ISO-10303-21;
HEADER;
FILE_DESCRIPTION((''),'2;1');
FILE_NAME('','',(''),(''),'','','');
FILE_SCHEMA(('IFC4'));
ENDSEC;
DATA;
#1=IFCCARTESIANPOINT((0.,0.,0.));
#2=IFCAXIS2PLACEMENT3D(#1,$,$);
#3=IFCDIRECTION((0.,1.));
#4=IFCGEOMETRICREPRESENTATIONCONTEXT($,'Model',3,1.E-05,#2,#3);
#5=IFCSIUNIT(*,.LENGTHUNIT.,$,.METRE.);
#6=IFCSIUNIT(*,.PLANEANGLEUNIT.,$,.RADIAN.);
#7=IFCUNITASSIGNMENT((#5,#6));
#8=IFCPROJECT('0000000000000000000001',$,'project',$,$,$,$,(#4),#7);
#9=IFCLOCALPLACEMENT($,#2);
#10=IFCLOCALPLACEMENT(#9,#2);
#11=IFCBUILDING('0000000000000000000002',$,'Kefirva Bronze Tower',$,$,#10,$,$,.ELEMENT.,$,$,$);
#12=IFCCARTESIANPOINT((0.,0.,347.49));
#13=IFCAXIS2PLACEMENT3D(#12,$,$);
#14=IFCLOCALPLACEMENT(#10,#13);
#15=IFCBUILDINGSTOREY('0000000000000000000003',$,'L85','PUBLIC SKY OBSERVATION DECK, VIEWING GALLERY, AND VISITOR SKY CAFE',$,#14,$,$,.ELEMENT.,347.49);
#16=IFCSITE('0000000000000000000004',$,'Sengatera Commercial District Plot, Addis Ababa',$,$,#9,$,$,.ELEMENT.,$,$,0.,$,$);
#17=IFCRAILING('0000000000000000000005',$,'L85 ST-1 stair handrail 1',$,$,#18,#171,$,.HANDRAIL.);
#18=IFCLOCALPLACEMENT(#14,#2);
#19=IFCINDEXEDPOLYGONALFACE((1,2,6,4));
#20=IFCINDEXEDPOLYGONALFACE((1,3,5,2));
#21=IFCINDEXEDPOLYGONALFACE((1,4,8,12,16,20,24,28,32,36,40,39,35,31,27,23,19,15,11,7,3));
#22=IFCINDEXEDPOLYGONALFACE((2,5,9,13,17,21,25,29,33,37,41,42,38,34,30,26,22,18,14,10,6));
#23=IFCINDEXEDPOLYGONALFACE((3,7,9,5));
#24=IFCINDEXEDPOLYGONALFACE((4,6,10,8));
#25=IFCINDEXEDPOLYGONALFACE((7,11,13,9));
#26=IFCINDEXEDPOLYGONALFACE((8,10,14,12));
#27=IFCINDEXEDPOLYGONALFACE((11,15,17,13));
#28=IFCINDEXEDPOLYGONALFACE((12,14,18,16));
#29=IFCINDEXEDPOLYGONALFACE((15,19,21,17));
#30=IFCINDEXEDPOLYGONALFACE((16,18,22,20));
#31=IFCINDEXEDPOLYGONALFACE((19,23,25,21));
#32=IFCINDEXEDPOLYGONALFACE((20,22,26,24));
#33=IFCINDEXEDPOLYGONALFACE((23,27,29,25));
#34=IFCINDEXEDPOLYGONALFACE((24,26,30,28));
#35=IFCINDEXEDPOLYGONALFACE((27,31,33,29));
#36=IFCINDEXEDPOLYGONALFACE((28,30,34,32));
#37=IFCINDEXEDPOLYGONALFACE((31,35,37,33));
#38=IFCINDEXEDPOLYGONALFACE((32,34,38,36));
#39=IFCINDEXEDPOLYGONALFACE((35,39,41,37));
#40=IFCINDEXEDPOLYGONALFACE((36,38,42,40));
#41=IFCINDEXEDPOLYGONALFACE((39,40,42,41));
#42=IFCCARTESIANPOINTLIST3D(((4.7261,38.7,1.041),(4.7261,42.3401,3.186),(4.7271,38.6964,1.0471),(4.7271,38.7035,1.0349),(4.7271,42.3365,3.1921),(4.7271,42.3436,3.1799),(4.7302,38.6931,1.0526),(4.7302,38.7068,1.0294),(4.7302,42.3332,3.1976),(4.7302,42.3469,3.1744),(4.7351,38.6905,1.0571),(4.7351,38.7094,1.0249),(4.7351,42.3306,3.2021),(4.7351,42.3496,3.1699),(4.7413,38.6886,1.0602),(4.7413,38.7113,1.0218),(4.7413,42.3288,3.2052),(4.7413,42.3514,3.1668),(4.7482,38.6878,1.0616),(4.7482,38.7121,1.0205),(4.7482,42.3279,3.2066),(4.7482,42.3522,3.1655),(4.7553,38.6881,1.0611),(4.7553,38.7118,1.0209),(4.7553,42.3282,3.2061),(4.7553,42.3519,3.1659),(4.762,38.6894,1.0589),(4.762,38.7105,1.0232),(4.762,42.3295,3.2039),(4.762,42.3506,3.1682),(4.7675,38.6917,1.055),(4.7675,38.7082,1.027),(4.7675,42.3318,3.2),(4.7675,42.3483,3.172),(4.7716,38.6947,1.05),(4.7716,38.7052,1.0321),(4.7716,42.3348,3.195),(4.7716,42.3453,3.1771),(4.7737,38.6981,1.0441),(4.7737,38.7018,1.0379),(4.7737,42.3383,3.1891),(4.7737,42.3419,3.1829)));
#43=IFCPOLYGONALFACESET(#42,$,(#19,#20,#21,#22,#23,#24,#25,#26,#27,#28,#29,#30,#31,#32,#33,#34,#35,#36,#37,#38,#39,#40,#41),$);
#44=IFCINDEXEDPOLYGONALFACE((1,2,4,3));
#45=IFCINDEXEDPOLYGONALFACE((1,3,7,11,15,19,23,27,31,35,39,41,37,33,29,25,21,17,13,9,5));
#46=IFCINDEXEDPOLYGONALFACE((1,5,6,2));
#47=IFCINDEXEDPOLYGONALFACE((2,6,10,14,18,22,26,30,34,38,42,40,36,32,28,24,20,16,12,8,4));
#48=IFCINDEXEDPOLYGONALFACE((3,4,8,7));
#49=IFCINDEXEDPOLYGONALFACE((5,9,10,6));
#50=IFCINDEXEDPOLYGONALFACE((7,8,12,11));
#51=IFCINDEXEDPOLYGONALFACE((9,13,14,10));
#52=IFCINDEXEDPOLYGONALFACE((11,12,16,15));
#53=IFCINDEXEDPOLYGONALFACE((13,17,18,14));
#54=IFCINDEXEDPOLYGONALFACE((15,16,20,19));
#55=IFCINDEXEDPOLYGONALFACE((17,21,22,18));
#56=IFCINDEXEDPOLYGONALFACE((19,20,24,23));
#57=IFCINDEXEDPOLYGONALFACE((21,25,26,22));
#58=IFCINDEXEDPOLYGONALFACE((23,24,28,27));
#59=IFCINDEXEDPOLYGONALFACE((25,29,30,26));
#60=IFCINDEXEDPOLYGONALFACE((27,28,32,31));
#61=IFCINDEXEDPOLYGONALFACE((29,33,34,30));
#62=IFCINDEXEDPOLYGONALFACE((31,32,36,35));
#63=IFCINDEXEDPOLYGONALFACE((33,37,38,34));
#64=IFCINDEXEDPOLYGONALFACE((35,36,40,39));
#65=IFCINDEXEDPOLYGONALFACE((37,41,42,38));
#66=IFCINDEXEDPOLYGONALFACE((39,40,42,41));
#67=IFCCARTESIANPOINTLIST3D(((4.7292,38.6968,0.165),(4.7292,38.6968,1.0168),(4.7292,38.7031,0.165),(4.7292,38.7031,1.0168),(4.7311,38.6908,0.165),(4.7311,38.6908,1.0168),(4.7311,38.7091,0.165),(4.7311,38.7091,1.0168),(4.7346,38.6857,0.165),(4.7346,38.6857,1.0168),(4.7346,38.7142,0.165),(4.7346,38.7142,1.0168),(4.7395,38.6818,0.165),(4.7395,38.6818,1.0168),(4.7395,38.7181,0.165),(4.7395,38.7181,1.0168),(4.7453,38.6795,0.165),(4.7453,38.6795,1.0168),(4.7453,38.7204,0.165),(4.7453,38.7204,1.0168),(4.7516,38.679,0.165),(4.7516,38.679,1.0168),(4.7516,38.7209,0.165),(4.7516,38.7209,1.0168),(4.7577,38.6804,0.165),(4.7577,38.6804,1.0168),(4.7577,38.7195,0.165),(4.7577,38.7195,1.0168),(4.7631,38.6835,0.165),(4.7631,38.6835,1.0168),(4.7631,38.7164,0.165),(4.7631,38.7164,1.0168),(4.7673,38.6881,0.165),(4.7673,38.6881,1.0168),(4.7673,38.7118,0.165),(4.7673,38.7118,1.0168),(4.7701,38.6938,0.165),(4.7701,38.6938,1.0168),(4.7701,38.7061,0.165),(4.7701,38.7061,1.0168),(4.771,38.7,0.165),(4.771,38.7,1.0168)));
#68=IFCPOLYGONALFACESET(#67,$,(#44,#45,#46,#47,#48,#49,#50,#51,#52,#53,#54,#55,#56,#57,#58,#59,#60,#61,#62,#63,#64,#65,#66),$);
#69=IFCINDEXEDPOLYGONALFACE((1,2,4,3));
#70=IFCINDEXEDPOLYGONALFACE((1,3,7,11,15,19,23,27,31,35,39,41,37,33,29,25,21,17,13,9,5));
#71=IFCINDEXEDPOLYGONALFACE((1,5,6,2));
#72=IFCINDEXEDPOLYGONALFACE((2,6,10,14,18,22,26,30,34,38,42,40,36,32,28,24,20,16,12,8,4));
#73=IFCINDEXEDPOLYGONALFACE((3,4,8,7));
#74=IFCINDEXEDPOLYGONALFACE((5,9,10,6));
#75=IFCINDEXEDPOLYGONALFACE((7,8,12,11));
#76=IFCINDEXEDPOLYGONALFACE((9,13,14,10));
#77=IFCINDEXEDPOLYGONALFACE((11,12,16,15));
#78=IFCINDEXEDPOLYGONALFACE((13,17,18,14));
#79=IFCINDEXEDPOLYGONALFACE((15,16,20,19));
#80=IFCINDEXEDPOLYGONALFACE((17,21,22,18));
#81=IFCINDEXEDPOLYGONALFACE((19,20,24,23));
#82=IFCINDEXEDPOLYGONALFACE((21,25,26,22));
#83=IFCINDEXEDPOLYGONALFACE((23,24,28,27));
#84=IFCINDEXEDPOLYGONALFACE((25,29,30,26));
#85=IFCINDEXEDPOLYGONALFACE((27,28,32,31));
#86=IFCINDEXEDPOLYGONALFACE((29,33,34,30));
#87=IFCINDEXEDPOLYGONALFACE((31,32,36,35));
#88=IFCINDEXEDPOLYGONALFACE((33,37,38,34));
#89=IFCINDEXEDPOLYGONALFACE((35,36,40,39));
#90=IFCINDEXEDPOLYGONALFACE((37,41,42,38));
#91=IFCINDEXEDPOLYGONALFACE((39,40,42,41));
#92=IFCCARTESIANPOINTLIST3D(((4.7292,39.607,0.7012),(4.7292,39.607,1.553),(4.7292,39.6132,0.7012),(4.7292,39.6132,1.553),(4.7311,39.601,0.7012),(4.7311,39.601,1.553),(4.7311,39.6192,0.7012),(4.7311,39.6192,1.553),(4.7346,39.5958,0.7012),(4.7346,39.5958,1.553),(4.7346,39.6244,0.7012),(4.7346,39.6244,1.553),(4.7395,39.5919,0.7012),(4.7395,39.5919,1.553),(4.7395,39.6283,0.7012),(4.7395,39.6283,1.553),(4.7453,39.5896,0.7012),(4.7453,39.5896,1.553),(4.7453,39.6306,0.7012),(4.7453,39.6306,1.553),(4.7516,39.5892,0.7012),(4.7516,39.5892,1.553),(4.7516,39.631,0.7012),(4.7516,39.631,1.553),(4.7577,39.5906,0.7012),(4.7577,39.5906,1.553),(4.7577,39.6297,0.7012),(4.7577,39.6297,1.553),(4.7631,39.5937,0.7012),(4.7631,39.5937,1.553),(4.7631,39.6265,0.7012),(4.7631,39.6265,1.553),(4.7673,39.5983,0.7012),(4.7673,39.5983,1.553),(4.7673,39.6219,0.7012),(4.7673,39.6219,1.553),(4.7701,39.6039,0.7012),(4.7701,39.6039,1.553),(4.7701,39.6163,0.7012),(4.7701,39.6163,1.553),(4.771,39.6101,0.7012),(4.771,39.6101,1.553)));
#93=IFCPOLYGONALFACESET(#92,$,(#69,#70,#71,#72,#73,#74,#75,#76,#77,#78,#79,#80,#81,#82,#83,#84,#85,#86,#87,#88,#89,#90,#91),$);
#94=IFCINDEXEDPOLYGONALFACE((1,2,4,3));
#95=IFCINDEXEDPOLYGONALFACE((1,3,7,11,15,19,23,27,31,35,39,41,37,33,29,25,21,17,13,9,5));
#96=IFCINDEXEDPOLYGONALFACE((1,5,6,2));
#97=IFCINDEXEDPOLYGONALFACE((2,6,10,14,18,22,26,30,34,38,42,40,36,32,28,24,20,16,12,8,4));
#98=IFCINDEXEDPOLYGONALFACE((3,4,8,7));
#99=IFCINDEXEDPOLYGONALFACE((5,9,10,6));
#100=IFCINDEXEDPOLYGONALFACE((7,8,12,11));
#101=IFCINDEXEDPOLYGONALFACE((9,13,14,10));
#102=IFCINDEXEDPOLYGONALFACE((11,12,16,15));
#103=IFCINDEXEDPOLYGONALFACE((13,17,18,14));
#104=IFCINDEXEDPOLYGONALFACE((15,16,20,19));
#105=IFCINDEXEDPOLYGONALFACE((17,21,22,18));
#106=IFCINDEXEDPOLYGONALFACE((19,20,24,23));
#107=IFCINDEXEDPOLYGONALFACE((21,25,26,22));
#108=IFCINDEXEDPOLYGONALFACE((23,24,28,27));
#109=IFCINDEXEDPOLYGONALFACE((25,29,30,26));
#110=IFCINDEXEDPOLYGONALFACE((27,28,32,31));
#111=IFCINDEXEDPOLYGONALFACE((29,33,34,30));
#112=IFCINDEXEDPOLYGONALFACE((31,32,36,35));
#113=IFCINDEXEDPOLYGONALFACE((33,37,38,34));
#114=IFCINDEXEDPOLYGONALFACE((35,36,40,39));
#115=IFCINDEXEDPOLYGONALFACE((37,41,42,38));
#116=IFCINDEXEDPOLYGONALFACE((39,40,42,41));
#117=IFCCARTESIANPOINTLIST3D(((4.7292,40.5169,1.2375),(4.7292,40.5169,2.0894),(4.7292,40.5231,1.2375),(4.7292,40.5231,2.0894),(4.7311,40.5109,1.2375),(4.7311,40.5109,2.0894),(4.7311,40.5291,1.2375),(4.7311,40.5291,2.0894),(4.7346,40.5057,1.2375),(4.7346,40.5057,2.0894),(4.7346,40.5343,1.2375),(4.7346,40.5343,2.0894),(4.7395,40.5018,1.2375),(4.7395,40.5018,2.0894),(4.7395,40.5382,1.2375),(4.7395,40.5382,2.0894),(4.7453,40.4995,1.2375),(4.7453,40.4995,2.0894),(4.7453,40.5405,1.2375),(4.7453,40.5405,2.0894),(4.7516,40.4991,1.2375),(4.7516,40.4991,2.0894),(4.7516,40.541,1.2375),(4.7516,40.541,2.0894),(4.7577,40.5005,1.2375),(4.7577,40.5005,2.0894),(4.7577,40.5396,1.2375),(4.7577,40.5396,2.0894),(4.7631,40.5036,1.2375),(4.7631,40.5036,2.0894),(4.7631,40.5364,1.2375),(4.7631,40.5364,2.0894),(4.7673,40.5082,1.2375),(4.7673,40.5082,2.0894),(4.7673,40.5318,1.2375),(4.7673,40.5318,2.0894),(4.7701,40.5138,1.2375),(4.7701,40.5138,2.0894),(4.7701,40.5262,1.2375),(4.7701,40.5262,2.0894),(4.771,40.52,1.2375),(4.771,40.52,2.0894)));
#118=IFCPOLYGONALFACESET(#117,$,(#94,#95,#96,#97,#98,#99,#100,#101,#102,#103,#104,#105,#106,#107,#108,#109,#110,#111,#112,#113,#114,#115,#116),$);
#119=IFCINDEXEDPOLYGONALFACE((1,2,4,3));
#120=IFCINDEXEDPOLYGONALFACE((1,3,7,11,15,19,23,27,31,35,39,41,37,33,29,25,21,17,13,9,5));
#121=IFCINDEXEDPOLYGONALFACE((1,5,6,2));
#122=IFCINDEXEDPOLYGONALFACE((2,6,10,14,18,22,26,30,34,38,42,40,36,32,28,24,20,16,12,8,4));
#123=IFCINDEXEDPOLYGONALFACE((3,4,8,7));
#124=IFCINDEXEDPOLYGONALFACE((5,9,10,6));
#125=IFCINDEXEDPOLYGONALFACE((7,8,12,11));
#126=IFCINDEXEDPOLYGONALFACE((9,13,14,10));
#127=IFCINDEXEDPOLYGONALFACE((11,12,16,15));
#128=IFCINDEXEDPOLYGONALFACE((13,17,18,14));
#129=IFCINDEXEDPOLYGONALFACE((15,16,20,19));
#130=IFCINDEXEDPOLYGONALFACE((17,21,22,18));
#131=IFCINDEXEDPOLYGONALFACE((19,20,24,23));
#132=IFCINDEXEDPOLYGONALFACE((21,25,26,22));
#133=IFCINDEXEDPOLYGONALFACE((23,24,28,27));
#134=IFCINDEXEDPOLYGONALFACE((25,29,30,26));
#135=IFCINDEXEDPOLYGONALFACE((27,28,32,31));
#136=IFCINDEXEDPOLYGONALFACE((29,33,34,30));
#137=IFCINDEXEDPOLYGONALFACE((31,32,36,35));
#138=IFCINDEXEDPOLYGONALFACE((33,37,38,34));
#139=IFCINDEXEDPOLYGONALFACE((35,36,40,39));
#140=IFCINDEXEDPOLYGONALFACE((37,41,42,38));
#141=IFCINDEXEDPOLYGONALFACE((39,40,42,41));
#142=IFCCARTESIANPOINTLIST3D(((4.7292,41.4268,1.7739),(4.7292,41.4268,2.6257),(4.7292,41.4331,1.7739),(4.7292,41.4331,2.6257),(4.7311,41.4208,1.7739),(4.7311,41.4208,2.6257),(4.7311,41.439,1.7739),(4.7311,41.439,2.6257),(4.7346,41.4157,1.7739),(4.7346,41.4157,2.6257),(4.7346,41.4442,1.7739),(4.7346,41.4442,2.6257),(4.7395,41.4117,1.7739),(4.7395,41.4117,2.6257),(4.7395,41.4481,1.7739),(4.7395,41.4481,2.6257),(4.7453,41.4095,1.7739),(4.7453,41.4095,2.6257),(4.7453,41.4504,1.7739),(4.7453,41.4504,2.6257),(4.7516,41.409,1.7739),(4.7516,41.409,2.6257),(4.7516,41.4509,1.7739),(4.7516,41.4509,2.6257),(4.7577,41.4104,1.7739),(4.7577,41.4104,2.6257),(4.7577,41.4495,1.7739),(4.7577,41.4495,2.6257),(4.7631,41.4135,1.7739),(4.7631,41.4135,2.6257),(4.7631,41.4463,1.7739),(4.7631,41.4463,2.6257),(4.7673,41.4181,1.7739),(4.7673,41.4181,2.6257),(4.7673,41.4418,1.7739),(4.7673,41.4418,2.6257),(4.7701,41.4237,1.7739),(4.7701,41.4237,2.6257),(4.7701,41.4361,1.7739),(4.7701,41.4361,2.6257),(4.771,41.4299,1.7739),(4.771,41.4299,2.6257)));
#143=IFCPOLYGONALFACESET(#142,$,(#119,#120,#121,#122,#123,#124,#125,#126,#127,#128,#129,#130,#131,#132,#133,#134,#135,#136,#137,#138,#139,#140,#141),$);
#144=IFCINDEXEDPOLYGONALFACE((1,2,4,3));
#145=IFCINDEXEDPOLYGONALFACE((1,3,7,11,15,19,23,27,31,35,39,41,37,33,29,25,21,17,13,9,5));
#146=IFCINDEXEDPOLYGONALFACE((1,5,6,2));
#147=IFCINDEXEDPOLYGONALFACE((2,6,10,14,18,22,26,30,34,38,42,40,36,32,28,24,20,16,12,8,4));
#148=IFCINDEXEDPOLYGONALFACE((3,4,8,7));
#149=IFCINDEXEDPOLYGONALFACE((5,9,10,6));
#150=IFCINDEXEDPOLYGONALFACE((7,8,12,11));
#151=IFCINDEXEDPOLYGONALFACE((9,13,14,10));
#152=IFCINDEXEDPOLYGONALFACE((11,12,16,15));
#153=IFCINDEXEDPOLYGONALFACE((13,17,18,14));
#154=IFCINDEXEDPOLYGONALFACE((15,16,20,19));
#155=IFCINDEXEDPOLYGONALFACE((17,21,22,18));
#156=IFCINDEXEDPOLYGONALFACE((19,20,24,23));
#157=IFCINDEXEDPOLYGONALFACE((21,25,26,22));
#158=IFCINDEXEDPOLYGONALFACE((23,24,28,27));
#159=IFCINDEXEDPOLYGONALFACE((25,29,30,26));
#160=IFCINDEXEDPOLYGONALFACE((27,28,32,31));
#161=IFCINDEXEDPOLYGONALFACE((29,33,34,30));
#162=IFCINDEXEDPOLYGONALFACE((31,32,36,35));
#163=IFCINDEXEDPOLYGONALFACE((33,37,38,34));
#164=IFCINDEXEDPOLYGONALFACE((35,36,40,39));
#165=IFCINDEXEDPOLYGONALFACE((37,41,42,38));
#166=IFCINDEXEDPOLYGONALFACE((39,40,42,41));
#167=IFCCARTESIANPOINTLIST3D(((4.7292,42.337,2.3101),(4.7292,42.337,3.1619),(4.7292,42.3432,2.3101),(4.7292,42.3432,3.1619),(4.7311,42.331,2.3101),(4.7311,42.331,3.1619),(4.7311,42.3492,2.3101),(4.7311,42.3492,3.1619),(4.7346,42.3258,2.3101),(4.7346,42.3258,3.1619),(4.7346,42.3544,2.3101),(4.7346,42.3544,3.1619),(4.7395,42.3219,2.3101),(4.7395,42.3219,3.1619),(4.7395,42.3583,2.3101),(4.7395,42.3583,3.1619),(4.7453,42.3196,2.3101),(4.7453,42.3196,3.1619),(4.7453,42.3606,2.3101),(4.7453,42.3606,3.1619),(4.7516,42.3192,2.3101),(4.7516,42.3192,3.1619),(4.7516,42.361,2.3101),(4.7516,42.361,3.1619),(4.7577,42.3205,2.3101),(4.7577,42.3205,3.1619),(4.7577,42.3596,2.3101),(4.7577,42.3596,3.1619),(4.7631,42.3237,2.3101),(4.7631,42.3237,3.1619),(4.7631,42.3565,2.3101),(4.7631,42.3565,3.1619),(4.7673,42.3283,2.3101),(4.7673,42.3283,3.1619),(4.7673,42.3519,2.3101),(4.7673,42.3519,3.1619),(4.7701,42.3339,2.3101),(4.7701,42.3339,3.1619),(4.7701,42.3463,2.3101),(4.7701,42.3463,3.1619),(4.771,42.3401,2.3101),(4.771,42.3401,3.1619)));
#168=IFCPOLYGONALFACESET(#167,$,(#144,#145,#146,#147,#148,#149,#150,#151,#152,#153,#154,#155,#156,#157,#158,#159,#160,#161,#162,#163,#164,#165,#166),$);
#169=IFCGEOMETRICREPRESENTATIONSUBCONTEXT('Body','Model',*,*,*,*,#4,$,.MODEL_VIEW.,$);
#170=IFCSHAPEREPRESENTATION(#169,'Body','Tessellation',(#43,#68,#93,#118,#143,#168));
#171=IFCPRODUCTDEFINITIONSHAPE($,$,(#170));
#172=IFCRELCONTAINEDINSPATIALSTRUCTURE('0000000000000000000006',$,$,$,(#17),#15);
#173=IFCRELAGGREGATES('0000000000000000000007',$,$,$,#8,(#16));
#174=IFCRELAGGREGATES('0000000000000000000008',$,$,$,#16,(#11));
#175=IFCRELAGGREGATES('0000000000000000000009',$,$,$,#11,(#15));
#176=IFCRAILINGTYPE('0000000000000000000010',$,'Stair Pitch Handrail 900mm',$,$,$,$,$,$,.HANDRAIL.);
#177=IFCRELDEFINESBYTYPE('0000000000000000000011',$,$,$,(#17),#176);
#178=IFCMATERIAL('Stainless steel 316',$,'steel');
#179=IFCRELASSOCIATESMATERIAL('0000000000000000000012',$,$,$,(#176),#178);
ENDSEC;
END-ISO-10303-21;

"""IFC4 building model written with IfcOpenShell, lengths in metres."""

from ifc_helpers import new_model, si_unit, direction, frame, origin, origin_2d, place, context, subcontext, project, spatial, circle, extrude, material, type_object, element, save


model = new_model("IFC4")

# Units and contexts
model_context = context("Model", 3, precision=1e-05, world=origin(), true_north=direction((0.0, 1.0)))
body_context = subcontext(model_context, "Body", "Model", "MODEL_VIEW")
ifc_project = project(units=[si_unit("LENGTHUNIT", "METRE"), si_unit("PLANEANGLEUNIT", "RADIAN")], contexts=[model_context])

# Site, building, storey
site_placement = place(None, origin())
site = spatial("IfcSite", under=ifc_project, at=site_placement, Name="Sengatera Commercial District Plot, Addis Ababa", CompositionType="ELEMENT", RefElevation=0.0)
building_placement = place(site_placement, origin())
building = spatial("IfcBuilding", under=site, at=building_placement, Name="Kefirva Bronze Tower", CompositionType="ELEMENT")
storey_placement = place(building_placement, frame((0.0, 0.0, 347.49)))
storey = spatial("IfcBuildingStorey", under=building, at=storey_placement, Name="L85", Description="PUBLIC SKY OBSERVATION DECK, VIEWING GALLERY, AND VISITOR SKY CAFE", CompositionType="ELEMENT", Elevation=347.49)

# Railing
ifc_material_1 = material(Name="Stainless steel 316", Category="steel")
railing_type_1 = type_object("IfcRailingType", Name="Stair Pitch Handrail 900mm", PredefinedType="HANDRAIL", material=ifc_material_1)
railing_1_placement = place(storey_placement, frame((4.75, 38.7, 0.165)))
element("IfcRailing", 1, at=railing_1_placement, inside=storey, type_object=railing_type_1, Name="L85 ST-1 stair handrail 1", PredefinedType="HANDRAIL", context=body_context, shape_type="SweptSolid", body=[
    extrude(circle(Radius=0.0239, at=origin_2d()), frame((0.0, 0.0, 0.876), z_axis=(0.0, 0.861545, 0.507682), x_axis=(-1.0, 0.0, 0.0)), (0.0, 0.0, 1.0), 4.2251),
    extrude(circle(Radius=0.021, at=origin_2d()), origin(), (0.0, 0.0, 1.0), 0.8518),
    extrude(circle(Radius=0.021, at=origin_2d()), frame((0.0, 0.9102, 0.5361)), (0.0, 0.0, 1.0), 0.8518),
    extrude(circle(Radius=0.021, at=origin_2d()), frame((0.0, 1.8201, 1.0725)), (0.0, 0.0, 1.0), 0.8518),
    extrude(circle(Radius=0.021, at=origin_2d()), frame((0.0, 2.73, 1.6089)), (0.0, 0.0, 1.0), 0.8518),
    extrude(circle(Radius=0.021, at=origin_2d()), frame((0.0, 3.6401, 2.145)), (0.0, 0.0, 1.0), 0.8518),
])

save(model, "model.ifc")
